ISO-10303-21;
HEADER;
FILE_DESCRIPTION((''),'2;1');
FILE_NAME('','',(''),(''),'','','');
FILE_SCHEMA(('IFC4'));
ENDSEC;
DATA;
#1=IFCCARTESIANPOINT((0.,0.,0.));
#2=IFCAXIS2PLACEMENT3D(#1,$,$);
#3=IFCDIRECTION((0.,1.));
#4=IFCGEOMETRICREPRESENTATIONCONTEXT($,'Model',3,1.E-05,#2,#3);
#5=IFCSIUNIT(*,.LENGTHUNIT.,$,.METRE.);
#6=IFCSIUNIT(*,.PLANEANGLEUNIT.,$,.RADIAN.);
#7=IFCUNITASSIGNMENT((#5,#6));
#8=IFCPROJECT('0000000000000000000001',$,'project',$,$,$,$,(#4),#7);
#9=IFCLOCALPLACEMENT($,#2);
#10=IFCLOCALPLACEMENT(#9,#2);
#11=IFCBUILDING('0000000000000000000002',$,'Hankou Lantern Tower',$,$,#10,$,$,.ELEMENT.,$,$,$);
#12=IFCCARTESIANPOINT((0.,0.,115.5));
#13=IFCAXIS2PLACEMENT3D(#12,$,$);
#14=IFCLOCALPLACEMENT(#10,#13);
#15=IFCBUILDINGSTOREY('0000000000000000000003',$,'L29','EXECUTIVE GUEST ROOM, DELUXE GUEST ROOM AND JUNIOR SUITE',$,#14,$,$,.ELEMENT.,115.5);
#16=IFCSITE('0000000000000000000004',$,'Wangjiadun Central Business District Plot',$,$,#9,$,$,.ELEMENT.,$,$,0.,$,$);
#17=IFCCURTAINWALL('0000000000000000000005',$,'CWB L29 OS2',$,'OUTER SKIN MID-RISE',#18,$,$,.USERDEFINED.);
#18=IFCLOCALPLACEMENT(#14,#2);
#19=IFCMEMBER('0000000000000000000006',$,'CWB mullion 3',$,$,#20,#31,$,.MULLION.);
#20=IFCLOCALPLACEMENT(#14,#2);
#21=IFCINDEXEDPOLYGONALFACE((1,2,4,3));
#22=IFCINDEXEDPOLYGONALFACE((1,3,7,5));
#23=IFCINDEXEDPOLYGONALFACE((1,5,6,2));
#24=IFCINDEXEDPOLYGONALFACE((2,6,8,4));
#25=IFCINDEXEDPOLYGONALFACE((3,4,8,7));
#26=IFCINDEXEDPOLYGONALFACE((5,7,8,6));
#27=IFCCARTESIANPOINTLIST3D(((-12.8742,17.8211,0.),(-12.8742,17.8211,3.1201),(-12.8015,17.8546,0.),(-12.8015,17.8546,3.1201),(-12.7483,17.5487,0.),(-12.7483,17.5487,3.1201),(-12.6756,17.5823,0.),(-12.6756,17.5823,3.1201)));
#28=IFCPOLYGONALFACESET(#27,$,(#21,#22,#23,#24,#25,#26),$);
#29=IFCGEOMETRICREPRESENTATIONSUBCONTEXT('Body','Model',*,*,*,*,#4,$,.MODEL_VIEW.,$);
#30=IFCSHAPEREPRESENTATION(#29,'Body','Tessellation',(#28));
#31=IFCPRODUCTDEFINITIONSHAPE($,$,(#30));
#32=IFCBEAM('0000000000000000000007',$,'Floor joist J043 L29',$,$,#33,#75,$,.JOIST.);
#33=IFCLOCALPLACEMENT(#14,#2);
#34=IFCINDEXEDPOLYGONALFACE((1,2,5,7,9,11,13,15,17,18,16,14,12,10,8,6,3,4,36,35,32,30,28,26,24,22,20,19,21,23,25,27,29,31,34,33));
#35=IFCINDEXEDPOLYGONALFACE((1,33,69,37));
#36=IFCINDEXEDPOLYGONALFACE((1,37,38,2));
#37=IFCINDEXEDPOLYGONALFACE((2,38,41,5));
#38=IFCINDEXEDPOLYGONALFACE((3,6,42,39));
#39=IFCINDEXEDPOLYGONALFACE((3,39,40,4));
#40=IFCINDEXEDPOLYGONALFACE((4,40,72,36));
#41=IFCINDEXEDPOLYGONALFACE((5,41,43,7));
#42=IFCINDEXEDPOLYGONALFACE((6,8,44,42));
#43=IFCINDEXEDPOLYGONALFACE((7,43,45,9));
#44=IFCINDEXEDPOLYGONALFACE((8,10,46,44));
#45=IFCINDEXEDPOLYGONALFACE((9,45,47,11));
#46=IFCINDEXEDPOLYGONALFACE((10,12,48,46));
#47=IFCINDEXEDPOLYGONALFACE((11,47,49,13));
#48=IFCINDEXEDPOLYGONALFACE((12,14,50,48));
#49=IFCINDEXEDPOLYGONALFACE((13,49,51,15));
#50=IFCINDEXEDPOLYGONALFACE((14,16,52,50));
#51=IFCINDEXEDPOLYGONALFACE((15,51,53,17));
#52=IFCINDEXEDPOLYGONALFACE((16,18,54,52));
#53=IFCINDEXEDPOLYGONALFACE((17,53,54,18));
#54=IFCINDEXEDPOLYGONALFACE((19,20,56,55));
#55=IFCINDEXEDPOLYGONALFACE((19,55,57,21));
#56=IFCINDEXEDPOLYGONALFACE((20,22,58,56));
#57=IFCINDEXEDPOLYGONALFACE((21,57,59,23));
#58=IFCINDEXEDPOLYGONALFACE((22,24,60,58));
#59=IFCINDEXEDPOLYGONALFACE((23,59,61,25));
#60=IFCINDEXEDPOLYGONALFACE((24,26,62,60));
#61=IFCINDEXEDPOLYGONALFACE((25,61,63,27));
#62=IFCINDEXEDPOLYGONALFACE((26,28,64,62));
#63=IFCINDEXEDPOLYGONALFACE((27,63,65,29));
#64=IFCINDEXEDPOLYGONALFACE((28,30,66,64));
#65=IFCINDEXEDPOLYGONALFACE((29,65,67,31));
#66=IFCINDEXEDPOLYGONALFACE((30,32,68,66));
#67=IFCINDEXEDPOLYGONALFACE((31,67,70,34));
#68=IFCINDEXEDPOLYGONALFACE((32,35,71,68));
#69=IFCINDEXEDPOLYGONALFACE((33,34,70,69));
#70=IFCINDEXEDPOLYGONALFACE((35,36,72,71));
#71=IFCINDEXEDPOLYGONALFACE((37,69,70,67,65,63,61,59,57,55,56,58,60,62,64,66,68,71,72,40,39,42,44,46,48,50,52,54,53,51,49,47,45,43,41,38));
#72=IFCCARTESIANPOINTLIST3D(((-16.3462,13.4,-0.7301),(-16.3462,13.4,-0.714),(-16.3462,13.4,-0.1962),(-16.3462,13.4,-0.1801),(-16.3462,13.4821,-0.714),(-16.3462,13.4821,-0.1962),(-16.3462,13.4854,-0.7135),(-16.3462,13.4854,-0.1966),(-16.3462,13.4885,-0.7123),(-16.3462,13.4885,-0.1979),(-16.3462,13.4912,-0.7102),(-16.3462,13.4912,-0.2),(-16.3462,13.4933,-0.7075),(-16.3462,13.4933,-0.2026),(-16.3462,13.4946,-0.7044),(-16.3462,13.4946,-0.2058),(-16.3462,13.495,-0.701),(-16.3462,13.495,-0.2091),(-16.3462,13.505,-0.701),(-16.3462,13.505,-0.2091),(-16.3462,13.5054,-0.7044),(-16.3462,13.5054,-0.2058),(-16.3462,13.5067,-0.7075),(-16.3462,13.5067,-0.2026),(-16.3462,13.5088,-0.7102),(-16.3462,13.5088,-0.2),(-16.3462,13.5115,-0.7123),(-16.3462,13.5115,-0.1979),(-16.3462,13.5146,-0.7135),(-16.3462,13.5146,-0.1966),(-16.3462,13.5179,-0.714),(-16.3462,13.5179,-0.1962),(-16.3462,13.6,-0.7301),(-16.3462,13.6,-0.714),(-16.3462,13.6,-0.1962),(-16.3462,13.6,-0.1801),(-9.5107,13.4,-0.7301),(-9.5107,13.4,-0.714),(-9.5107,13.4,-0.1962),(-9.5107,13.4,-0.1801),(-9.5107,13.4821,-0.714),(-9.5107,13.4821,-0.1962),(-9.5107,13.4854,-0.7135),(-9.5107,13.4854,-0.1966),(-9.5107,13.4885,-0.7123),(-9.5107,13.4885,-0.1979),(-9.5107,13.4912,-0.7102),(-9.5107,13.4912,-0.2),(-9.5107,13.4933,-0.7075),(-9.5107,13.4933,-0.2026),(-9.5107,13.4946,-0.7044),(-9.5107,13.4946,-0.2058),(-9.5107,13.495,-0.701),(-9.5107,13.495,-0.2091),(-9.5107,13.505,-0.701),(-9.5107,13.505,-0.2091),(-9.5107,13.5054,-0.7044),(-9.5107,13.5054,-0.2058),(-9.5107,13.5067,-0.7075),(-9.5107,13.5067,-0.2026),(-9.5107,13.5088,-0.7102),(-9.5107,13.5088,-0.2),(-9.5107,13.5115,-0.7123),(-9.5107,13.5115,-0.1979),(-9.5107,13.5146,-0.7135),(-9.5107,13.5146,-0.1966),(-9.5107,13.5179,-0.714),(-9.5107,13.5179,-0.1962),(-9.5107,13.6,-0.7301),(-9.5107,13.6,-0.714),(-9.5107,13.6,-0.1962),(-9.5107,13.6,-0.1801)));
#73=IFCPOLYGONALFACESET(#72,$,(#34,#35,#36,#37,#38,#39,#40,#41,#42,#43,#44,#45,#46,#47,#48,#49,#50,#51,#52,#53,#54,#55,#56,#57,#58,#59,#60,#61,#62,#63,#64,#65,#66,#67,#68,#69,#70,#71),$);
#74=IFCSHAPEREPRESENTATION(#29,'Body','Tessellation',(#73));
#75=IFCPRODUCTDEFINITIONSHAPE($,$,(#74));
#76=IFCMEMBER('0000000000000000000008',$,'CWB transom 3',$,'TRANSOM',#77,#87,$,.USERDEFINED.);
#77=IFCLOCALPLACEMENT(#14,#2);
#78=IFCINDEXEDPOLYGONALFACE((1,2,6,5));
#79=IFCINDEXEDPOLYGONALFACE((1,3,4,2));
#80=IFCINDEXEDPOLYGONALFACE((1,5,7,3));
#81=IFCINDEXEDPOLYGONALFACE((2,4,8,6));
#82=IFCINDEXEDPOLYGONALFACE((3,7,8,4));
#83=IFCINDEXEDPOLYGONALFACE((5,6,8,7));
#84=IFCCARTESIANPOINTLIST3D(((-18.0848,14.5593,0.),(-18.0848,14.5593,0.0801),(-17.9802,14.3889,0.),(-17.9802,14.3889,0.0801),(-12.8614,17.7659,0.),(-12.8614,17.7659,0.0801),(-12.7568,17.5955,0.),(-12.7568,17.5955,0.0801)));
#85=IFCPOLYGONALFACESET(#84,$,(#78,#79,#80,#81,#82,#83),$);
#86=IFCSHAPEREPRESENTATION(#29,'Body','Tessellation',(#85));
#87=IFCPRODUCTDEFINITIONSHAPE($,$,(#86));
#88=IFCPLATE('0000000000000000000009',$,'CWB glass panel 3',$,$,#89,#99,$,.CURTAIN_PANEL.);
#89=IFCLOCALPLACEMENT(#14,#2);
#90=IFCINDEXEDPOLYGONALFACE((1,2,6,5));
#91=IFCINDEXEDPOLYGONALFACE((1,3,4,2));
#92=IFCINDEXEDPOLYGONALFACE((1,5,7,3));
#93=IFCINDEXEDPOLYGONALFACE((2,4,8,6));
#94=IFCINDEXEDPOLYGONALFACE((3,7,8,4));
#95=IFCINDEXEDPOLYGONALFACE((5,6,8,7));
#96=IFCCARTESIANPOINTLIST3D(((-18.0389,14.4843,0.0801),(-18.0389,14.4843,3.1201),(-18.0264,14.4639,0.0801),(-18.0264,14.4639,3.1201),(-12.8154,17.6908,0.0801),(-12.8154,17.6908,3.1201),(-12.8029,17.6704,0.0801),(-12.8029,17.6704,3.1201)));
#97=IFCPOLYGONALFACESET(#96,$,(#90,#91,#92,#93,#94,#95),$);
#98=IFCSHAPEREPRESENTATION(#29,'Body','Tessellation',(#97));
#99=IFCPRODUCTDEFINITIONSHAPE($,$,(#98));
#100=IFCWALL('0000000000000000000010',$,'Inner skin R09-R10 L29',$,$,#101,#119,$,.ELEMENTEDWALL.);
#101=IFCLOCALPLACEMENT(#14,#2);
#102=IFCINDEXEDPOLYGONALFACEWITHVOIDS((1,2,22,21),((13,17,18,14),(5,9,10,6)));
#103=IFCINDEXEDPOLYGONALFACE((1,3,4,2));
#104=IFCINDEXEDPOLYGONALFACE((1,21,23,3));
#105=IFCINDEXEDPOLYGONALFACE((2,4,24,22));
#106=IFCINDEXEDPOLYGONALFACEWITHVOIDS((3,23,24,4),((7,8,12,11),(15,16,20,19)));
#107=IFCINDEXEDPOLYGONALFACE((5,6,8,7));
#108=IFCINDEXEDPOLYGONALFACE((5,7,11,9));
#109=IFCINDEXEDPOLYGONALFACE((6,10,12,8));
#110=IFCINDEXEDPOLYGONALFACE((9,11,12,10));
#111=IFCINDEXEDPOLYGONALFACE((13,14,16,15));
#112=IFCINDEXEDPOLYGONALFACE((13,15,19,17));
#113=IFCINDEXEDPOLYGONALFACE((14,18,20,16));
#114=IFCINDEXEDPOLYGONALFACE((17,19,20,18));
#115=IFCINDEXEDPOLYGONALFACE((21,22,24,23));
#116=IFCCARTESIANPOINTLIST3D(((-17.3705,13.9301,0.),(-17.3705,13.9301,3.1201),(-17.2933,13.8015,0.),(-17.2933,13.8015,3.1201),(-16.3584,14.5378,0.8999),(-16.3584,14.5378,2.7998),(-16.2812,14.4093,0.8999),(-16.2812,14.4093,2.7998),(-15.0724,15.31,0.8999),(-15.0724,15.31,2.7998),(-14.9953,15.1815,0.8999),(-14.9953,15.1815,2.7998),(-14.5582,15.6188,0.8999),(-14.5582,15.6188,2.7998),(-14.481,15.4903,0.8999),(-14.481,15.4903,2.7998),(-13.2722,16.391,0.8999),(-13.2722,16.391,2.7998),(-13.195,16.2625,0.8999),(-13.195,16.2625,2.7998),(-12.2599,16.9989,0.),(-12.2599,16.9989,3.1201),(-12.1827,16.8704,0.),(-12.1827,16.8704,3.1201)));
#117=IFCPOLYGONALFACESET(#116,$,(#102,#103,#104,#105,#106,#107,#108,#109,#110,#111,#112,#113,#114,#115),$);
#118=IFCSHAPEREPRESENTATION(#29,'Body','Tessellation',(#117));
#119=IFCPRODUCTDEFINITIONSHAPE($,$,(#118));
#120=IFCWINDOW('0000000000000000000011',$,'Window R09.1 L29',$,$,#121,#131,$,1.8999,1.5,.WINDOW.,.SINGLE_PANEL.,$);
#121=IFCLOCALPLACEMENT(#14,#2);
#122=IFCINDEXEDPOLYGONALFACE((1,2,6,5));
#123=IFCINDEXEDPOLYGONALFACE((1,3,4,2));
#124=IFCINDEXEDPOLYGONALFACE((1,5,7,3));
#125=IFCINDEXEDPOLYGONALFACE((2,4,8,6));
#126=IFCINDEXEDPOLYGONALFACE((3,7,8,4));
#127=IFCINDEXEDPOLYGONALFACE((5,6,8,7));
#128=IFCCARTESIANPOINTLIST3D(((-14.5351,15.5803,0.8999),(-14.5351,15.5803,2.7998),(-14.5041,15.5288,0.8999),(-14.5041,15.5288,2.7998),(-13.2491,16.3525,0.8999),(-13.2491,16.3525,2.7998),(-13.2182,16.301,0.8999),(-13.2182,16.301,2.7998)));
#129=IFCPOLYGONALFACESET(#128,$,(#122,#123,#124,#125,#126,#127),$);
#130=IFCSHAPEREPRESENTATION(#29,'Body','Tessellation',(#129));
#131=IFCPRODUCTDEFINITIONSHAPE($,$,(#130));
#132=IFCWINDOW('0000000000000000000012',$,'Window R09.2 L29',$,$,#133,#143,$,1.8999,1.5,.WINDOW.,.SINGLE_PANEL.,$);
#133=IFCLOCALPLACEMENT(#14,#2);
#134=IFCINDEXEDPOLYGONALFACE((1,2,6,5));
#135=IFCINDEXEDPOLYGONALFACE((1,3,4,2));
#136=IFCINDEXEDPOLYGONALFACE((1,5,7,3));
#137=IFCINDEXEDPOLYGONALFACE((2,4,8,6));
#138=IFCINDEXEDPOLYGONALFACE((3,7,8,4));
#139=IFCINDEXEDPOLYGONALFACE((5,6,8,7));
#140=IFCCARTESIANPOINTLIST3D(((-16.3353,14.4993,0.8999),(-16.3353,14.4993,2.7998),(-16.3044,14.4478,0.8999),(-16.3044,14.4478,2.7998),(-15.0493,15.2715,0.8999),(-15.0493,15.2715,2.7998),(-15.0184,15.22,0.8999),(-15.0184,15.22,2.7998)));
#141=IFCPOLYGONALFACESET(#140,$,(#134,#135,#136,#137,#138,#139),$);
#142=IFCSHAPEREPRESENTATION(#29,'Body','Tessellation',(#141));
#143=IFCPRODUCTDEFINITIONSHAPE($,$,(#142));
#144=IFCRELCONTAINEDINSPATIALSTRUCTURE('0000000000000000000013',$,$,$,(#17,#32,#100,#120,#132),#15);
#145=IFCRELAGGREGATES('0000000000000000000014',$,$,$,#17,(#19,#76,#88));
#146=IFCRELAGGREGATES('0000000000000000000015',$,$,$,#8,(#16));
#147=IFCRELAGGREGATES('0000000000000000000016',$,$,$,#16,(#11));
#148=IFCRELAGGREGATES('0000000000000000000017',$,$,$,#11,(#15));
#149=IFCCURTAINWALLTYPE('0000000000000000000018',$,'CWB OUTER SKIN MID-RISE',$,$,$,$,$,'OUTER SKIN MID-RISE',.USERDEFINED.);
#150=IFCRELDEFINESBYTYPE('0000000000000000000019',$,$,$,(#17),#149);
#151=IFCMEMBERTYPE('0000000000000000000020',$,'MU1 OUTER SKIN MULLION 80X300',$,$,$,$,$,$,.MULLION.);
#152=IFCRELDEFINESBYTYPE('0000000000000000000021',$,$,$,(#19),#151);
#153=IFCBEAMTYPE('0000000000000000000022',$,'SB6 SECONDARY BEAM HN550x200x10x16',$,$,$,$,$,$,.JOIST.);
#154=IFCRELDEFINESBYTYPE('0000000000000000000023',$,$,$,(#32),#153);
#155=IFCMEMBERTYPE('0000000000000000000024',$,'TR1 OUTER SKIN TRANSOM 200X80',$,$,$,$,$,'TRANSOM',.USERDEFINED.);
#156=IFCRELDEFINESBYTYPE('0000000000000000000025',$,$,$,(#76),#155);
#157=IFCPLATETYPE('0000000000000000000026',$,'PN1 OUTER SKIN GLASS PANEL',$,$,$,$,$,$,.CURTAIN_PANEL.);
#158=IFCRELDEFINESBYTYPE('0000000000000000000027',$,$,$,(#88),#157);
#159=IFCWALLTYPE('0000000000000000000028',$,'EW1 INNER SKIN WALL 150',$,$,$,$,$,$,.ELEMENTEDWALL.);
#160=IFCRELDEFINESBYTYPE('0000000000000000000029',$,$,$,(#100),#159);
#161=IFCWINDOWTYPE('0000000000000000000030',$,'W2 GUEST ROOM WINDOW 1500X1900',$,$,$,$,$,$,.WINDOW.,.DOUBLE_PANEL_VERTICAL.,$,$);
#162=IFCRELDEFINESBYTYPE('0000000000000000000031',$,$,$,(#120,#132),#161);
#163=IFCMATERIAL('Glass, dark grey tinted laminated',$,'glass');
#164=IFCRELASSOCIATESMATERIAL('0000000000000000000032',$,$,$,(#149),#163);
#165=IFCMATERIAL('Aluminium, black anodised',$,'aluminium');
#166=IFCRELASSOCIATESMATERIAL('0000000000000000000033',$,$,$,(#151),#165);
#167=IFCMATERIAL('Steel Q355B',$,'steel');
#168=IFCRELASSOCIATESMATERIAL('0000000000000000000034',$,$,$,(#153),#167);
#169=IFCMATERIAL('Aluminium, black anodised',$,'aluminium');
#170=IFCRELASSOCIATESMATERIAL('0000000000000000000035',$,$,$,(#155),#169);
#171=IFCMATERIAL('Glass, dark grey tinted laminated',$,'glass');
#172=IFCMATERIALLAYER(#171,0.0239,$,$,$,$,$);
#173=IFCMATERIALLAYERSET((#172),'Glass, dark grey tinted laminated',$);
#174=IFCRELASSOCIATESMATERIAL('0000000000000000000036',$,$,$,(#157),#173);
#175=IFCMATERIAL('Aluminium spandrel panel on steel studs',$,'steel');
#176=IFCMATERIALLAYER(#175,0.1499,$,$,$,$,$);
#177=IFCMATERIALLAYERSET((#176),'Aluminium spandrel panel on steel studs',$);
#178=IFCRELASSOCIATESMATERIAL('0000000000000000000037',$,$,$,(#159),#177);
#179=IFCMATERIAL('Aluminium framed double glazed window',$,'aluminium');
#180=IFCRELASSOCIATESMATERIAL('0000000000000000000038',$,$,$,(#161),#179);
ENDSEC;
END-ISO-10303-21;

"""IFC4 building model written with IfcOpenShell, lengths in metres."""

from ifc_helpers import new_model, si_unit, direction, frame, frame_2d, origin, origin_2d, place, context, subcontext, project, spatial, rectangle, i_section, extrude, material, layer, layer_set, material_profile, profile_set, type_object, element, fill, aggregate, save


model = new_model("IFC4")

# Units and contexts
model_context = context("Model", 3, precision=1e-05, world=origin(), true_north=direction((0.0, 1.0)))
body_context = subcontext(model_context, "Body", "Model", "MODEL_VIEW")
ifc_project = project(units=[si_unit("LENGTHUNIT", "METRE"), si_unit("PLANEANGLEUNIT", "RADIAN")], contexts=[model_context])

# Site, building, storey
site_placement = place(None, origin())
site = spatial("IfcSite", under=ifc_project, at=site_placement, Name="Wangjiadun Central Business District Plot", CompositionType="ELEMENT", RefElevation=0.0)
building_placement = place(site_placement, origin())
building = spatial("IfcBuilding", under=site, at=building_placement, Name="Hankou Lantern Tower", CompositionType="ELEMENT")
storey_placement = place(building_placement, frame((0.0, 0.0, 115.5)))
storey = spatial("IfcBuildingStorey", under=building, at=storey_placement, Name="L29", Description="EXECUTIVE GUEST ROOM, DELUXE GUEST ROOM AND JUNIOR SUITE", CompositionType="ELEMENT", Elevation=115.5)

# Curtain wall, member
ifc_material_1 = material(Name="Glass, dark grey tinted laminated", Category="glass")
curtain_wall_type = type_object("IfcCurtainWallType", Name="CWB OUTER SKIN MID-RISE", ElementType="OUTER SKIN MID-RISE", PredefinedType="USERDEFINED", material=ifc_material_1)
curtain_wall_placement = place(storey_placement, origin())
curtain_wall = element("IfcCurtainWall", 1, at=curtain_wall_placement, inside=storey, type_object=curtain_wall_type, Name="CWB L29 OS2", ObjectType="OUTER SKIN MID-RISE", PredefinedType="USERDEFINED")
ifc_material_2 = material(Name="Aluminium, black anodised", Category="aluminium")
ifc_material_profile_1 = material_profile(ifc_material_2, rectangle(XDim=0.0801, YDim=0.3, at=origin_2d()), Name="MU1 80X300")
ifc_profile_set_1 = profile_set([ifc_material_profile_1], Name="Aluminium, black anodised")
member_type_1 = type_object("IfcMemberType", Name="MU1 OUTER SKIN MULLION 80X300", PredefinedType="MULLION", material=ifc_profile_set_1)
member_1_placement = place(storey_placement, frame((-12.7749, 17.7017, 0.0), z_axis=(0.0, 0.0, 1.0), x_axis=(-0.907841, -0.419314, 0.0)))
member_1 = element("IfcMember", 2, at=member_1_placement, type_object=member_type_1, Name="CWB mullion 3", PredefinedType="MULLION", context=body_context, shape_type="SweptSolid", body=[
    extrude(rectangle(XDim=0.0801, YDim=0.3, at=origin_2d()), origin(), (0.0, 0.0, 1.0), 3.1201),
])

# Beam
ifc_material_3 = material(Name="Steel Q355B", Category="steel")
ifc_material_profile_2 = material_profile(ifc_material_3, i_section(OverallWidth=0.2, OverallDepth=0.55, WebThickness=0.01, FlangeThickness=0.0161, FilletRadius=0.0129, at=origin_2d()), Name="HN550x200x10x16")
ifc_profile_set_2 = profile_set([ifc_material_profile_2], Name="Steel Q355B")
beam_type = type_object("IfcBeamType", Name="SB6 SECONDARY BEAM HN550x200x10x16", PredefinedType="JOIST", material=ifc_profile_set_2)
beam_placement = place(storey_placement, frame((-16.3462, 13.5, -0.4551), z_axis=(1.0, 0.0, 0.0), x_axis=(0.0, 1.0, 0.0)))
element("IfcBeam", 3, at=beam_placement, inside=storey, type_object=beam_type, Name="Floor joist J043 L29", PredefinedType="JOIST", context=body_context, shape_type="SweptSolid", body=[
    extrude(i_section(OverallWidth=0.2, OverallDepth=0.55, WebThickness=0.01, FlangeThickness=0.0161, FilletRadius=0.0129, at=origin_2d()), origin(), (0.0, 0.0, 1.0), 6.8354),
])

# Member
ifc_material_4 = material(Name="Aluminium, black anodised", Category="aluminium")
ifc_material_profile_3 = material_profile(ifc_material_4, rectangle(XDim=0.2, YDim=0.0801, at=origin_2d()), Name="TR1 200X80")
ifc_profile_set_3 = profile_set([ifc_material_profile_3], Name="Aluminium, black anodised")
member_type_2 = type_object("IfcMemberType", Name="TR1 OUTER SKIN TRANSOM 200X80", ElementType="TRANSOM", PredefinedType="USERDEFINED", material=ifc_profile_set_3)
member_2_placement = place(storey_placement, frame((-12.8091, 17.6807, 0.04), z_axis=(-0.852229, -0.523168, 0.0), x_axis=(0.523168, -0.852229, 0.0)))
member_2 = element("IfcMember", 4, at=member_2_placement, type_object=member_type_2, Name="CWB transom 3", ObjectType="TRANSOM", PredefinedType="USERDEFINED", context=body_context, shape_type="SweptSolid", body=[
    extrude(rectangle(XDim=0.2, YDim=0.0801, at=origin_2d()), origin(), (0.0, 0.0, 1.0), 6.1292),
])

# Plate
ifc_material_5 = material(Name="Glass, dark grey tinted laminated", Category="glass")
ifc_layer_1 = layer(ifc_material_5, 0.0239)
ifc_layer_set_1 = layer_set([ifc_layer_1], Name="Glass, dark grey tinted laminated")
plate_type = type_object("IfcPlateType", Name="PN1 OUTER SKIN GLASS PANEL", PredefinedType="CURTAIN_PANEL", material=ifc_layer_set_1)
plate_placement = place(storey_placement, frame((-15.4209, 16.0774, 0.0801), z_axis=(0.0, 0.0, 1.0), x_axis=(-0.852237, -0.523156, 0.0)))
plate = element("IfcPlate", 5, at=plate_placement, type_object=plate_type, Name="CWB glass panel 3", PredefinedType="CURTAIN_PANEL", context=body_context, shape_type="SweptSolid", body=[
    extrude(rectangle(XDim=6.1292, YDim=0.0239, at=origin_2d()), origin(), (0.0, 0.0, 1.0), 3.04),
])
aggregate(curtain_wall, [member_1, member_2, plate])

# Wall, openings, windows
ifc_material_6 = material(Name="Aluminium spandrel panel on steel studs", Category="steel")
ifc_layer_2 = layer(ifc_material_6, 0.1499)
ifc_layer_set_2 = layer_set([ifc_layer_2], Name="Aluminium spandrel panel on steel studs")
wall_type_1 = type_object("IfcWallType", Name="EW1 INNER SKIN WALL 150", PredefinedType="ELEMENTEDWALL", material=ifc_layer_set_2)
wall_1_placement = place(storey_placement, frame((-12.2214, 16.9346, 0.0), z_axis=(0.0, 0.0, 1.0), x_axis=(-0.857309, -0.514803, 0.0)))
wall_1 = element("IfcWall", 6, at=wall_1_placement, inside=storey, type_object=wall_type_1, Name="Inner skin R09-R10 L29", PredefinedType="ELEMENTEDWALL", context=body_context, shape_type="SweptSolid", body=[
    extrude(rectangle(XDim=5.9612, YDim=0.1499, at=frame_2d((2.9805, 0.0))), origin(), (0.0, 0.0, 1.0), 3.1201),
])
opening_1_placement = place(wall_1_placement, frame((1.1807, 0.0, 0.8999)))
opening_1 = element("IfcOpeningElement", 7, at=opening_1_placement, cuts=wall_1, PredefinedType="OPENING", context=body_context, shape_type="SweptSolid", body=[
    extrude(rectangle(XDim=1.5, YDim=1.8999, at=frame_2d((0.75, 0.95))), frame((0.0, 0.085, 0.0), z_axis=(0.0, -1.0, 0.0), x_axis=(1.0, 0.0, 0.0)), (0.0, 0.0, 1.0), 0.1699),
])
opening_2_placement = place(wall_1_placement, frame((3.2805, 0.0, 0.8999)))
opening_2 = element("IfcOpeningElement", 8, at=opening_2_placement, cuts=wall_1, PredefinedType="OPENING", context=body_context, shape_type="SweptSolid", body=[
    extrude(rectangle(XDim=1.5, YDim=1.8999, at=frame_2d((0.75, 0.95))), frame((0.0, 0.085, 0.0), z_axis=(0.0, -1.0, 0.0), x_axis=(1.0, 0.0, 0.0)), (0.0, 0.0, 1.0), 0.1699),
])
ifc_material_7 = material(Name="Aluminium framed double glazed window", Category="aluminium")
window_type = type_object("IfcWindowType", Name="W2 GUEST ROOM WINDOW 1500X1900", PartitioningType="DOUBLE_PANEL_VERTICAL", PredefinedType="WINDOW", material=ifc_material_7)
window_1_placement = place(opening_1_placement, origin())
window_1 = element("IfcWindow", 9, at=window_1_placement, inside=storey, type_object=window_type, Name="Window R09.1 L29", OverallHeight=1.8999, OverallWidth=1.5, PartitioningType="SINGLE_PANEL", PredefinedType="WINDOW", context=body_context, shape_type="SweptSolid", body=[
    extrude(rectangle(XDim=1.5, YDim=1.8999, at=frame_2d((0.75, 0.95))), frame((0.0, 0.03, 0.0), z_axis=(0.0, -1.0, 0.0), x_axis=(1.0, 0.0, 0.0)), (0.0, 0.0, 1.0), 0.0601),
])
fill(opening_1, window_1)
window_2_placement = place(opening_2_placement, origin())
window_2 = element("IfcWindow", 10, at=window_2_placement, inside=storey, type_object=window_type, Name="Window R09.2 L29", OverallHeight=1.8999, OverallWidth=1.5, PartitioningType="SINGLE_PANEL", PredefinedType="WINDOW", context=body_context, shape_type="SweptSolid", body=[
    extrude(rectangle(XDim=1.5, YDim=1.8999, at=frame_2d((0.75, 0.95))), frame((0.0, 0.03, 0.0), z_axis=(0.0, -1.0, 0.0), x_axis=(1.0, 0.0, 0.0)), (0.0, 0.0, 1.0), 0.0601),
])
fill(opening_2, window_2)

save(model, "model.ifc")
